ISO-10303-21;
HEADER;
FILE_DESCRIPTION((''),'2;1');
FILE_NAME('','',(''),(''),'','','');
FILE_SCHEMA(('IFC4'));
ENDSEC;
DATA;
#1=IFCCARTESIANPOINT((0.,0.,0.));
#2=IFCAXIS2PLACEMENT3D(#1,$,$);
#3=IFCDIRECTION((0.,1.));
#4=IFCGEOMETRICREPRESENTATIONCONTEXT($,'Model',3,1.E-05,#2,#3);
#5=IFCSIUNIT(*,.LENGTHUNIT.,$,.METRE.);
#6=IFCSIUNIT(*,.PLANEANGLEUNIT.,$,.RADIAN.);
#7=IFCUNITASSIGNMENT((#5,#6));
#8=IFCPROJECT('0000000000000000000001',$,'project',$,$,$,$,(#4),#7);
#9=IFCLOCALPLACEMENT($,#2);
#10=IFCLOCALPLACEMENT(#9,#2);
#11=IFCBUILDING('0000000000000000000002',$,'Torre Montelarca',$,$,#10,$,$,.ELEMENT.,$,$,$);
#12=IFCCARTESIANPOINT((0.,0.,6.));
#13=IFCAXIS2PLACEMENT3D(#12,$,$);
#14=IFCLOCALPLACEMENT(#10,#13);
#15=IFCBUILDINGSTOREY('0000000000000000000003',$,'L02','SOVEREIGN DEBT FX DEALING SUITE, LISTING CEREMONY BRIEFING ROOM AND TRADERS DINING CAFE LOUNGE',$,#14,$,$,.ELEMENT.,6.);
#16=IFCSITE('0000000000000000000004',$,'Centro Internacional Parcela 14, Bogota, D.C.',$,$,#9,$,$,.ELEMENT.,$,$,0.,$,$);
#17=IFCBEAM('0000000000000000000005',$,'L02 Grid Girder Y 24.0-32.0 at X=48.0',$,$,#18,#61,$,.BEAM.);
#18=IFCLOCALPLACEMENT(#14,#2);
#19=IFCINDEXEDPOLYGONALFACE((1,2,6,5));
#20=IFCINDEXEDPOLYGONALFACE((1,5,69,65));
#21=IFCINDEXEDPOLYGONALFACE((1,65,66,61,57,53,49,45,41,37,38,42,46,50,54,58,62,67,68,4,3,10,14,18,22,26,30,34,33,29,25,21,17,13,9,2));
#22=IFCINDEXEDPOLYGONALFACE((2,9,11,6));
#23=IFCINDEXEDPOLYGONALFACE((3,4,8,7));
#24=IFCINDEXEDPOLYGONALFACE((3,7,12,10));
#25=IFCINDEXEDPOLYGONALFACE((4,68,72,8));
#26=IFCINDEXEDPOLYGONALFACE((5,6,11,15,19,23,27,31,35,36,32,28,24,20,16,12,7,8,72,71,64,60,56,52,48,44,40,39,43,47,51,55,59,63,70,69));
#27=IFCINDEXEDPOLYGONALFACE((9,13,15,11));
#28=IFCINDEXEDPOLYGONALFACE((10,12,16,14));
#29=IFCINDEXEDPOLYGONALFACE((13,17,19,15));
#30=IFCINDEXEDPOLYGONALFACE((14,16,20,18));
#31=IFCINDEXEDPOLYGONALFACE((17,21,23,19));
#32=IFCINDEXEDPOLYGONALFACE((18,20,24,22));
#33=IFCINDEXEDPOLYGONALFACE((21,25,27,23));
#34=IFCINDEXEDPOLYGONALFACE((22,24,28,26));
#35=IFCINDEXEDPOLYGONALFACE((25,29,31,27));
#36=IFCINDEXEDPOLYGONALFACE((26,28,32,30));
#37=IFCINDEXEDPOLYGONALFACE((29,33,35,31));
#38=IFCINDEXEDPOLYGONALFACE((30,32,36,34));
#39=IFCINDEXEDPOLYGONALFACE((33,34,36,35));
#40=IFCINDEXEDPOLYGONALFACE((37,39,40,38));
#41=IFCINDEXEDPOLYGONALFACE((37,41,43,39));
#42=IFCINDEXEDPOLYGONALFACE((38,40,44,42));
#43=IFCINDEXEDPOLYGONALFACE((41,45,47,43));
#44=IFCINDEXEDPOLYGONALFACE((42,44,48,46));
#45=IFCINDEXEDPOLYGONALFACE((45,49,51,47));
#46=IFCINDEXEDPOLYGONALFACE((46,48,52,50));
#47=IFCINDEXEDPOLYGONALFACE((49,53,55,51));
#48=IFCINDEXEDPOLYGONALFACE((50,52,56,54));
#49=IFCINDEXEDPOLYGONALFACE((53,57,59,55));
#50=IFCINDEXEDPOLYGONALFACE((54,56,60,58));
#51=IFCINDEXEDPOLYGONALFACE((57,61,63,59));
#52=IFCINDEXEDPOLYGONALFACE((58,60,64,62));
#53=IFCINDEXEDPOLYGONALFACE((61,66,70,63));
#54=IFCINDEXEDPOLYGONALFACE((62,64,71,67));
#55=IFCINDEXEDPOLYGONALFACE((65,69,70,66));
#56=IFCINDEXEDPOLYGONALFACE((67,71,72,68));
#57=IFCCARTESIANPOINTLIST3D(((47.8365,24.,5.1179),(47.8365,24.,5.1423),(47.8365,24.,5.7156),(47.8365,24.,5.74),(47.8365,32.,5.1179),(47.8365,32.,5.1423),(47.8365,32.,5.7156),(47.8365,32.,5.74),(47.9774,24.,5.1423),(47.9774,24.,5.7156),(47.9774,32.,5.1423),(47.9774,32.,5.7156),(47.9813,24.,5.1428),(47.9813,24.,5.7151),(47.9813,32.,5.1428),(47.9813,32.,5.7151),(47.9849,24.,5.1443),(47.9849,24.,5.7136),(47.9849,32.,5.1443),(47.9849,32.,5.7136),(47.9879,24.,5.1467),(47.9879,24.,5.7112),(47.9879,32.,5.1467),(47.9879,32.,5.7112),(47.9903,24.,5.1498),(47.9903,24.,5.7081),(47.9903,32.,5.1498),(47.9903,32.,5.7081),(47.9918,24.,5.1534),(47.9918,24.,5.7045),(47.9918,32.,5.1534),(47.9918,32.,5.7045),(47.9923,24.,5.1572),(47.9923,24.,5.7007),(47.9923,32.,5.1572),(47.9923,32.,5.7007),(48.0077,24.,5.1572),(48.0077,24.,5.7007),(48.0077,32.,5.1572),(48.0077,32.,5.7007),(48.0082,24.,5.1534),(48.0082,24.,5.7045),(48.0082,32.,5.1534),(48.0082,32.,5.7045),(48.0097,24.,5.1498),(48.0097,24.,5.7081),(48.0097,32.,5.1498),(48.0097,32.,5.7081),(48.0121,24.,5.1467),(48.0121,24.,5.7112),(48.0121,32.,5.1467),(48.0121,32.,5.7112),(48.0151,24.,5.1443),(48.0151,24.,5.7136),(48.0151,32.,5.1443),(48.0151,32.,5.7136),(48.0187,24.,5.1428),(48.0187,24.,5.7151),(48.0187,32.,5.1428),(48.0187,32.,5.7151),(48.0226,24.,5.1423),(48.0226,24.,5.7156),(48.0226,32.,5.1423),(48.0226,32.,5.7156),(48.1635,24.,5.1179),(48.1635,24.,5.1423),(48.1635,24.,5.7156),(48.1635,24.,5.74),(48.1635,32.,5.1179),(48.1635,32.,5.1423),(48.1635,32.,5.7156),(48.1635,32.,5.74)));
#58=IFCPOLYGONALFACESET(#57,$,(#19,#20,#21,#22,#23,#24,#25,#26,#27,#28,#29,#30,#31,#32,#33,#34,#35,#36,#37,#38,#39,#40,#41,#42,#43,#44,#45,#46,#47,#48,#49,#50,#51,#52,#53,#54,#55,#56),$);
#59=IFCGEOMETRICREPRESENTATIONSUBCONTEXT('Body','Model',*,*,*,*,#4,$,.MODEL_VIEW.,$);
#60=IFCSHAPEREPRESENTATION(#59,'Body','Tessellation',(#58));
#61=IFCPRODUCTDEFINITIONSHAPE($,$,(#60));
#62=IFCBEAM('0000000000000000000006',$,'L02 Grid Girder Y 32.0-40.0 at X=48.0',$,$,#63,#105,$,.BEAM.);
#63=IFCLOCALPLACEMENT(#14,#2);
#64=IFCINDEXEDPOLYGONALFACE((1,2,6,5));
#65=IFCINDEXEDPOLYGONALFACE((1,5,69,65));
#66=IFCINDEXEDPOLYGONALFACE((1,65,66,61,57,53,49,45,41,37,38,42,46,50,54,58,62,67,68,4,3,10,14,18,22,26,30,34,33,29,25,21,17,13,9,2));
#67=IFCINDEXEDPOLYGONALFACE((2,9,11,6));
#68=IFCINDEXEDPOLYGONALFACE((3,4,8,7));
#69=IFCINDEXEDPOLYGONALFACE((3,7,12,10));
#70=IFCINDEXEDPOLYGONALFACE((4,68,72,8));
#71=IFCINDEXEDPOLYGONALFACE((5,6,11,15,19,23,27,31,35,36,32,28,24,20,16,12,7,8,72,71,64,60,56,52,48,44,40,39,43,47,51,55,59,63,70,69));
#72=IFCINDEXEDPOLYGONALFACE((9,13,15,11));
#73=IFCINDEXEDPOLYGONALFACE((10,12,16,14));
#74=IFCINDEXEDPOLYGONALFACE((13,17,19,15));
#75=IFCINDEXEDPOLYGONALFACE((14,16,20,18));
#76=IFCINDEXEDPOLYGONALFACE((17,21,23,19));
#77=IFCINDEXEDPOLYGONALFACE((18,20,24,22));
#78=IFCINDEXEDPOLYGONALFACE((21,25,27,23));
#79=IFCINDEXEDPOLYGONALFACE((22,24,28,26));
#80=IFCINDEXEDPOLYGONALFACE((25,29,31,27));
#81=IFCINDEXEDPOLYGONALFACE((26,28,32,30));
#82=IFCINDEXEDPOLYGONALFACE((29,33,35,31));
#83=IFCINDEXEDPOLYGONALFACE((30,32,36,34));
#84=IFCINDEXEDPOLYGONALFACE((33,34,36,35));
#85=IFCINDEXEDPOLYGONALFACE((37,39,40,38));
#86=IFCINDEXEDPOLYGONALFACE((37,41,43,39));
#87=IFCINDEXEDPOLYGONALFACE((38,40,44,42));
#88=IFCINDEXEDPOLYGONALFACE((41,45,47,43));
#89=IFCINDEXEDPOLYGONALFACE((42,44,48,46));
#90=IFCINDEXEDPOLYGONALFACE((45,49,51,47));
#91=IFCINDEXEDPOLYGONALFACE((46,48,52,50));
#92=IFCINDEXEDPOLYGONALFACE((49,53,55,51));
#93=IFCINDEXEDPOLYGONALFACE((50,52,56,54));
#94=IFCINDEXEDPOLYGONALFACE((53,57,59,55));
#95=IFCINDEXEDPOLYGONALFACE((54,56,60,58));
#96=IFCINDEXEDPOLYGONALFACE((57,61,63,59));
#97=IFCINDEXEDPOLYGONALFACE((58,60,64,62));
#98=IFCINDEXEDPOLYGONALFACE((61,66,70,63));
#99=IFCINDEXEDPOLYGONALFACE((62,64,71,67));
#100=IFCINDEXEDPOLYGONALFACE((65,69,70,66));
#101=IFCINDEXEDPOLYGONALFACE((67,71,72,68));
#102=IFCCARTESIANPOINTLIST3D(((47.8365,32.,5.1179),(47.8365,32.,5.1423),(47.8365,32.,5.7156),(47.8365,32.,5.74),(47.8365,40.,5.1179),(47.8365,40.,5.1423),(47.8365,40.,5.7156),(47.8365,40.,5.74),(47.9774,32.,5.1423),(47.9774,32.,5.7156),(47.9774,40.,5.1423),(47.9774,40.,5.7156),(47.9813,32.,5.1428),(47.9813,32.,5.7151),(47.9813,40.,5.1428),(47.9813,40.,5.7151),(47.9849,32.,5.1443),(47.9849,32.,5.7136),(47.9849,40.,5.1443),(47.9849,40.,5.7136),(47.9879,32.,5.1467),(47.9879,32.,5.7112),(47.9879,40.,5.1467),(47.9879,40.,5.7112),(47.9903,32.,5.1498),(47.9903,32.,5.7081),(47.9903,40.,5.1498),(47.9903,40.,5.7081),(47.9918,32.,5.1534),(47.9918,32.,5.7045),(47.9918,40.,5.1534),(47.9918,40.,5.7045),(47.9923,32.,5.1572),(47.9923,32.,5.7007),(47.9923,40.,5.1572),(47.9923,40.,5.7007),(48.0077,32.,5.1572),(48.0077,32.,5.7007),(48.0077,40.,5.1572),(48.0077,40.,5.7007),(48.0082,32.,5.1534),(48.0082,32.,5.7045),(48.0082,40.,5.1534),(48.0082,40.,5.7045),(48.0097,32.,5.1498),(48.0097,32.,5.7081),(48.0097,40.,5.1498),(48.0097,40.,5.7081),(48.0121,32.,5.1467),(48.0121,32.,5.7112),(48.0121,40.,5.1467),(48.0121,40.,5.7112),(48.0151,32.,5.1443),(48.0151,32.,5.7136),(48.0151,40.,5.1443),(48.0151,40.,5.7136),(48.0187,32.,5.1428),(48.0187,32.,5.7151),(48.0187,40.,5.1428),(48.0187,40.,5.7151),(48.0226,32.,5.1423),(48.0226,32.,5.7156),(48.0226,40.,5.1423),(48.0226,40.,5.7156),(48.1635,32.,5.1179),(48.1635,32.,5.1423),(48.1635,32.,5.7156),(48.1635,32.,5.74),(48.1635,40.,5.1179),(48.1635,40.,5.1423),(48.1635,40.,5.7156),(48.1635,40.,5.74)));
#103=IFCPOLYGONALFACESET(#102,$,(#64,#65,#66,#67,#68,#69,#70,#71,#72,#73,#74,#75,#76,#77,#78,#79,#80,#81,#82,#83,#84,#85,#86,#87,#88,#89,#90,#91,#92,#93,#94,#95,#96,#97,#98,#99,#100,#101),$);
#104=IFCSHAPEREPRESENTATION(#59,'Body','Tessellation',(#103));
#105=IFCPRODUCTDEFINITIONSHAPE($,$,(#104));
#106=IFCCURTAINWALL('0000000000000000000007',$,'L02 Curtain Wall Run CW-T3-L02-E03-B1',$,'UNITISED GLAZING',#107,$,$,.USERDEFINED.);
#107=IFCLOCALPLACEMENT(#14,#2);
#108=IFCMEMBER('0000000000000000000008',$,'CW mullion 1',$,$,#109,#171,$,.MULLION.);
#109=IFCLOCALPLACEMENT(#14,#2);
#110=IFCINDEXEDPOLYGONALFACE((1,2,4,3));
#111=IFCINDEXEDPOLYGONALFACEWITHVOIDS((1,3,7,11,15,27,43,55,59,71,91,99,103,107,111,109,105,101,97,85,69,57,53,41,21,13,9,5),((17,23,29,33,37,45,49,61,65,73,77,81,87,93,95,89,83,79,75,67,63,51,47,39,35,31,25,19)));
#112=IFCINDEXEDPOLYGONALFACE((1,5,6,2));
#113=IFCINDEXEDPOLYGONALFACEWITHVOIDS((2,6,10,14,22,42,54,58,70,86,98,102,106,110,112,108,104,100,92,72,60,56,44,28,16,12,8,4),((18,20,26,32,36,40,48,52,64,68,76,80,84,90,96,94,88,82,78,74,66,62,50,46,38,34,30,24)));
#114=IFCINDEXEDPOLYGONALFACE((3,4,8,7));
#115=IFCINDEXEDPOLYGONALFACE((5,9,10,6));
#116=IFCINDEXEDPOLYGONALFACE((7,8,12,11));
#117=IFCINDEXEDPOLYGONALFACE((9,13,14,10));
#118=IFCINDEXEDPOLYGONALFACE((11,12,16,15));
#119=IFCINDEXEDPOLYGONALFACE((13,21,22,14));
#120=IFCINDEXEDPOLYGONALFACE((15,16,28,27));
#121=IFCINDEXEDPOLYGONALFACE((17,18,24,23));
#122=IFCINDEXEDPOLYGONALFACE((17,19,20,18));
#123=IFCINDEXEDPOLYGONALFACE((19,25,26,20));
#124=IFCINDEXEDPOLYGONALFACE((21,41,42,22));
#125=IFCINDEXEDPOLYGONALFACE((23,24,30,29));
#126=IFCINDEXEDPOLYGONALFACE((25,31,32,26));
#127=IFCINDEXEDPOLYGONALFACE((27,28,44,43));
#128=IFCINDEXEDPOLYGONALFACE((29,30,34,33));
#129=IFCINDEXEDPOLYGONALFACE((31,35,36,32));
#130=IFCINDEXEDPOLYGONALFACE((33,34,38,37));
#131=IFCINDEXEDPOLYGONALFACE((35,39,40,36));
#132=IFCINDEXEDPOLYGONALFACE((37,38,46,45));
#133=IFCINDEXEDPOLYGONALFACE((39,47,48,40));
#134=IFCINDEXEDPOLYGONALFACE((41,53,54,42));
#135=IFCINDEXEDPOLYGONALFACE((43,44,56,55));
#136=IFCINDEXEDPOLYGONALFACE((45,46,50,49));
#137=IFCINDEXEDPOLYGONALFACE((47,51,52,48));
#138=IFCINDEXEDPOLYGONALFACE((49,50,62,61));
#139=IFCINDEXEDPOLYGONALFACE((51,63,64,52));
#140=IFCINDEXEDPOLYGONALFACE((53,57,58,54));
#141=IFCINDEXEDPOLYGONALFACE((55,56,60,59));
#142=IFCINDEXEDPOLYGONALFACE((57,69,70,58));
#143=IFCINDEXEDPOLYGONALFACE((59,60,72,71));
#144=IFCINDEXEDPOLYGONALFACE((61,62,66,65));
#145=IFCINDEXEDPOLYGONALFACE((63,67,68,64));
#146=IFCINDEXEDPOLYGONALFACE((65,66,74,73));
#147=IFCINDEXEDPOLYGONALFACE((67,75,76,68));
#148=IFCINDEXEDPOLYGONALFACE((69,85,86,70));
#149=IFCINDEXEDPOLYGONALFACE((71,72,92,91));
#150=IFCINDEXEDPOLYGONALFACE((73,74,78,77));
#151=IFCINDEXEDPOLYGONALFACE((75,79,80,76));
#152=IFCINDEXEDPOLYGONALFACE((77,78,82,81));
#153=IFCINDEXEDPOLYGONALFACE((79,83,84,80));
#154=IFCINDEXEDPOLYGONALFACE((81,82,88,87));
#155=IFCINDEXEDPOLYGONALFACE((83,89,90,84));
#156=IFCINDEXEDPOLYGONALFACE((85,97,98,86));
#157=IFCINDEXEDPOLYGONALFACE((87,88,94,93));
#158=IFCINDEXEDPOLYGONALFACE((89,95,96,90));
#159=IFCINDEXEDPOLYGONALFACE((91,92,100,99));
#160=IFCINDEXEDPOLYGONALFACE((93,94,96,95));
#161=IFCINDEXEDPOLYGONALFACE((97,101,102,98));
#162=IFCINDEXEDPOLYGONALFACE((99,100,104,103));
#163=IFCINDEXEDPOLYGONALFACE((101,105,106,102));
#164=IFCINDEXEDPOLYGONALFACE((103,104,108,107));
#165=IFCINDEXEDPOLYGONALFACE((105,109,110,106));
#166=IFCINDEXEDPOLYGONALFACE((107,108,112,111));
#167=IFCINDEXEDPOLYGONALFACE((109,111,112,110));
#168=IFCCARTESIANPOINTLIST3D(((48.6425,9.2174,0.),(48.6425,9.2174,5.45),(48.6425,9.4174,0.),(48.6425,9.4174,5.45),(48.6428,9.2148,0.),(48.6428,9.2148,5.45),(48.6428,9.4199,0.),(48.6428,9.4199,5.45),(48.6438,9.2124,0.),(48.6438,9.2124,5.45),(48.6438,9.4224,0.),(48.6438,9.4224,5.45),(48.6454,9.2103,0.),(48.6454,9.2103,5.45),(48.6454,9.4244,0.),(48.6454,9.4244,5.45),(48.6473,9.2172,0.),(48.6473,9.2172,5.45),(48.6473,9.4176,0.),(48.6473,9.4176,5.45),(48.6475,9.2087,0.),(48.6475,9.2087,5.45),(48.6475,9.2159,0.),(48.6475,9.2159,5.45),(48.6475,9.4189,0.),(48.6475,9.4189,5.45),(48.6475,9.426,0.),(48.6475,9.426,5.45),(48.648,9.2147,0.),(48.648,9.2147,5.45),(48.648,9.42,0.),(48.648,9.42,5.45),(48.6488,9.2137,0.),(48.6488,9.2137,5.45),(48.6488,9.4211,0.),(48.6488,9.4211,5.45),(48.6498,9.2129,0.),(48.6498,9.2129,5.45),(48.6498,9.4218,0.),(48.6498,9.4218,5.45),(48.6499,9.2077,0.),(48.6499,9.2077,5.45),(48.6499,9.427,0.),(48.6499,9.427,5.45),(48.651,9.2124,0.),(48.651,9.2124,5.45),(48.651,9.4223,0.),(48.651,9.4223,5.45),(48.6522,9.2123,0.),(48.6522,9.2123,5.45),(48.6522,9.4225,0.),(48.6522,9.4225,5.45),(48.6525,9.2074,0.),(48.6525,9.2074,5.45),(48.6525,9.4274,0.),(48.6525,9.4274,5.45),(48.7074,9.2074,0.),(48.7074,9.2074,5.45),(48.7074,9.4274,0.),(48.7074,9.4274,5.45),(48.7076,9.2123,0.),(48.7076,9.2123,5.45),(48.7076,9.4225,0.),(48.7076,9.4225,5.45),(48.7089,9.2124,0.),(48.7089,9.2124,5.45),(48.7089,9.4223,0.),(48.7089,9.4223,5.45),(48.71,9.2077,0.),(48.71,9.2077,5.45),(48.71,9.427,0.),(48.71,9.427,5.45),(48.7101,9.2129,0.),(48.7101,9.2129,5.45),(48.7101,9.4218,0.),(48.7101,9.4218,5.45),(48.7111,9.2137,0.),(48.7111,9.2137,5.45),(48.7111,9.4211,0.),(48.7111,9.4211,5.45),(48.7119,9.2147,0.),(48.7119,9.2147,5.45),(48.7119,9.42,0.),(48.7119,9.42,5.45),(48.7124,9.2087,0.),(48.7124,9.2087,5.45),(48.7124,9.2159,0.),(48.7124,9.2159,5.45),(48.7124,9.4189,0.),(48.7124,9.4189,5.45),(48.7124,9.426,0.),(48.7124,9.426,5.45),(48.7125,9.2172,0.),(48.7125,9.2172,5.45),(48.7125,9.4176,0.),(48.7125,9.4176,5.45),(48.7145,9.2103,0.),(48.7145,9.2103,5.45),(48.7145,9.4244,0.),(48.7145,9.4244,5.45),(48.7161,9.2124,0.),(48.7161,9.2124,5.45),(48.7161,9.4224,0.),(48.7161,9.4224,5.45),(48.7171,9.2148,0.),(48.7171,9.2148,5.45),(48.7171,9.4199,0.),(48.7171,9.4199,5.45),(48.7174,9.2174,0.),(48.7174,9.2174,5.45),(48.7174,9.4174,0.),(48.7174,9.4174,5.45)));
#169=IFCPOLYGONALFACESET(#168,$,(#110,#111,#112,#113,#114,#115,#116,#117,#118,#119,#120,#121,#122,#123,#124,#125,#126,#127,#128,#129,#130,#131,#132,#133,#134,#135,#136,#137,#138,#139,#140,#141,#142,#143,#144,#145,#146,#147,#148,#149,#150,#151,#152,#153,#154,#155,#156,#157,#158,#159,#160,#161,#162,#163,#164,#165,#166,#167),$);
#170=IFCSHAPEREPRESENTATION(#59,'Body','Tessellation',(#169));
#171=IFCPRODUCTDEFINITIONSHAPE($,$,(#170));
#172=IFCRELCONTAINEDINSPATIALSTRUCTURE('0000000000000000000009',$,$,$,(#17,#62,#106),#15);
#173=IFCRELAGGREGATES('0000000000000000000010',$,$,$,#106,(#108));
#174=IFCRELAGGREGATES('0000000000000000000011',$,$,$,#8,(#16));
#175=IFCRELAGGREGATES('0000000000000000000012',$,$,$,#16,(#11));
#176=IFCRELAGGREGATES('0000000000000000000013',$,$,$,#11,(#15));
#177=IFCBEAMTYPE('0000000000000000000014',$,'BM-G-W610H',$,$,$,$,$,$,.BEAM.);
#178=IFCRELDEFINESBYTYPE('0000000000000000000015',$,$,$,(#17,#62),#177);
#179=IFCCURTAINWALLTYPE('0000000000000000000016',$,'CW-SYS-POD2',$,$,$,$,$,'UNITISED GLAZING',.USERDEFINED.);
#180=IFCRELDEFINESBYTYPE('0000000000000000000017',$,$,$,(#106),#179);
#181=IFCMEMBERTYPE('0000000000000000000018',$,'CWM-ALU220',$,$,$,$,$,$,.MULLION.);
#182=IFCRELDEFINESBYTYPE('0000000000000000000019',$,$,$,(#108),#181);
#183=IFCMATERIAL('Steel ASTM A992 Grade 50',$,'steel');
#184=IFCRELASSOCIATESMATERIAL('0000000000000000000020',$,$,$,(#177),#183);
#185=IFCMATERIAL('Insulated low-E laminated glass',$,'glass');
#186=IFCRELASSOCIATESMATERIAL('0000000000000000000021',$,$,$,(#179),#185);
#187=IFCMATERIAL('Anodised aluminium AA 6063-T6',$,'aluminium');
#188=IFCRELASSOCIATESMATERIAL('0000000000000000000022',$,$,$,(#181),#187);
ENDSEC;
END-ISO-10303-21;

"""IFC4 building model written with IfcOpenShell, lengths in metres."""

from ifc_helpers import new_model, si_unit, direction, frame, origin, origin_2d, place, context, subcontext, project, spatial, hollow_rectangle, i_section, extrude, source, transform, mapped, material, material_profile, profile_set, type_object, element, aggregate, save


model = new_model("IFC4")

# Units and contexts
model_context = context("Model", 3, precision=1e-05, world=origin(), true_north=direction((0.0, 1.0)))
body_context = subcontext(model_context, "Body", "Model", "MODEL_VIEW")
ifc_project = project(units=[si_unit("LENGTHUNIT", "METRE"), si_unit("PLANEANGLEUNIT", "RADIAN")], contexts=[model_context])

# Site, building, storey
site_placement = place(None, origin())
site = spatial("IfcSite", under=ifc_project, at=site_placement, Name="Centro Internacional Parcela 14, Bogota, D.C.", CompositionType="ELEMENT", RefElevation=0.0)
building_placement = place(site_placement, origin())
building = spatial("IfcBuilding", under=site, at=building_placement, Name="Torre Montelarca", CompositionType="ELEMENT")
storey_placement = place(building_placement, frame((0.0, 0.0, 6.0)))
storey = spatial("IfcBuildingStorey", under=building, at=storey_placement, Name="L02", Description="SOVEREIGN DEBT FX DEALING SUITE, LISTING CEREMONY BRIEFING ROOM AND TRADERS DINING CAFE LOUNGE", CompositionType="ELEMENT", Elevation=6.0)

# Beams
ifc_material_1 = material(Name="Steel ASTM A992 Grade 50", Category="steel")
ifc_material_profile_1 = material_profile(ifc_material_1, i_section(OverallWidth=0.3269, OverallDepth=0.6221, WebThickness=0.0154, FlangeThickness=0.0244, FilletRadius=0.0149, at=origin_2d()), Name="W610X195", Category="steel")
ifc_profile_set_1 = profile_set([ifc_material_profile_1], Name="Steel ASTM A992 Grade 50")
beam_type_1 = type_object("IfcBeamType", Name="BM-G-W610H", PredefinedType="BEAM", material=ifc_profile_set_1)
shared_shape_1 = source(origin(), body_context, "Body", "SweptSolid", [
    extrude(i_section(OverallWidth=0.3269, OverallDepth=0.6221, WebThickness=0.0154, FlangeThickness=0.0244, FilletRadius=0.0149, at=origin_2d()), origin(), (0.0, 0.0, 1.0), 8.0),
])
for number, where, z_axis, x_axis, name in (
    (1, (48.0, 24.0, 5.429), (0.0, 1.0, 0.0), (-1.0, 0.0, 0.0), "L02 Grid Girder Y 24.0-32.0 at X=48.0"),
    (2, (48.0, 32.0, 5.429), (0.0, 1.0, 0.0), (-1.0, 0.0, 0.0), "L02 Grid Girder Y 32.0-40.0 at X=48.0"),
):
    element("IfcBeam", number, at=place(storey_placement, frame(where, z_axis=z_axis, x_axis=x_axis)), inside=storey, type_object=beam_type_1, Name=name, PredefinedType="BEAM", context=body_context, shape_type="MappedRepresentation", body=[
        mapped(shared_shape_1, transform((0.0, 0.0, 0.0), scale=1.0)),
    ])

# Curtain wall, member
ifc_material_2 = material(Name="Insulated low-E laminated glass", Category="glass")
curtain_wall_type = type_object("IfcCurtainWallType", Name="CW-SYS-POD2", ElementType="UNITISED GLAZING", PredefinedType="USERDEFINED", material=ifc_material_2)
curtain_wall_placement = place(storey_placement, origin())
curtain_wall = element("IfcCurtainWall", 3, at=curtain_wall_placement, inside=storey, type_object=curtain_wall_type, Name="L02 Curtain Wall Run CW-T3-L02-E03-B1", ObjectType="UNITISED GLAZING", PredefinedType="USERDEFINED")
ifc_material_3 = material(Name="Anodised aluminium AA 6063-T6", Category="aluminium")
ifc_material_profile_2 = material_profile(ifc_material_3, hollow_rectangle(XDim=0.075, YDim=0.22, WallThickness=0.0049, InnerFilletRadius=0.0049, OuterFilletRadius=0.01, at=origin_2d()), Name="ALU75X220X5", Category="aluminium")
ifc_profile_set_2 = profile_set([ifc_material_profile_2], Name="Anodised aluminium AA 6063-T6")
member_type_1 = type_object("IfcMemberType", Name="CWM-ALU220", PredefinedType="MULLION", material=ifc_profile_set_2)
shared_shape_2 = source(origin(), body_context, "Body", "SweptSolid", [
    extrude(hollow_rectangle(XDim=0.075, YDim=0.22, WallThickness=0.0049, InnerFilletRadius=0.0049, OuterFilletRadius=0.01, at=origin_2d()), origin(), (0.0, 0.0, 1.0), 5.45),
])
member_1_placement = place(storey_placement, frame((48.6799, 9.3174, 0.0), z_axis=(0.0, 0.0, 1.0), x_axis=(-1.0, 0.0, 0.0)))
member_1 = element("IfcMember", 4, at=member_1_placement, type_object=member_type_1, Name="CW mullion 1", PredefinedType="MULLION", context=body_context, shape_type="MappedRepresentation", body=[
    mapped(shared_shape_2, transform((0.0, 0.0, 0.0), scale=1.0)),
])
aggregate(curtain_wall, [member_1])

save(model, "model.ifc")
